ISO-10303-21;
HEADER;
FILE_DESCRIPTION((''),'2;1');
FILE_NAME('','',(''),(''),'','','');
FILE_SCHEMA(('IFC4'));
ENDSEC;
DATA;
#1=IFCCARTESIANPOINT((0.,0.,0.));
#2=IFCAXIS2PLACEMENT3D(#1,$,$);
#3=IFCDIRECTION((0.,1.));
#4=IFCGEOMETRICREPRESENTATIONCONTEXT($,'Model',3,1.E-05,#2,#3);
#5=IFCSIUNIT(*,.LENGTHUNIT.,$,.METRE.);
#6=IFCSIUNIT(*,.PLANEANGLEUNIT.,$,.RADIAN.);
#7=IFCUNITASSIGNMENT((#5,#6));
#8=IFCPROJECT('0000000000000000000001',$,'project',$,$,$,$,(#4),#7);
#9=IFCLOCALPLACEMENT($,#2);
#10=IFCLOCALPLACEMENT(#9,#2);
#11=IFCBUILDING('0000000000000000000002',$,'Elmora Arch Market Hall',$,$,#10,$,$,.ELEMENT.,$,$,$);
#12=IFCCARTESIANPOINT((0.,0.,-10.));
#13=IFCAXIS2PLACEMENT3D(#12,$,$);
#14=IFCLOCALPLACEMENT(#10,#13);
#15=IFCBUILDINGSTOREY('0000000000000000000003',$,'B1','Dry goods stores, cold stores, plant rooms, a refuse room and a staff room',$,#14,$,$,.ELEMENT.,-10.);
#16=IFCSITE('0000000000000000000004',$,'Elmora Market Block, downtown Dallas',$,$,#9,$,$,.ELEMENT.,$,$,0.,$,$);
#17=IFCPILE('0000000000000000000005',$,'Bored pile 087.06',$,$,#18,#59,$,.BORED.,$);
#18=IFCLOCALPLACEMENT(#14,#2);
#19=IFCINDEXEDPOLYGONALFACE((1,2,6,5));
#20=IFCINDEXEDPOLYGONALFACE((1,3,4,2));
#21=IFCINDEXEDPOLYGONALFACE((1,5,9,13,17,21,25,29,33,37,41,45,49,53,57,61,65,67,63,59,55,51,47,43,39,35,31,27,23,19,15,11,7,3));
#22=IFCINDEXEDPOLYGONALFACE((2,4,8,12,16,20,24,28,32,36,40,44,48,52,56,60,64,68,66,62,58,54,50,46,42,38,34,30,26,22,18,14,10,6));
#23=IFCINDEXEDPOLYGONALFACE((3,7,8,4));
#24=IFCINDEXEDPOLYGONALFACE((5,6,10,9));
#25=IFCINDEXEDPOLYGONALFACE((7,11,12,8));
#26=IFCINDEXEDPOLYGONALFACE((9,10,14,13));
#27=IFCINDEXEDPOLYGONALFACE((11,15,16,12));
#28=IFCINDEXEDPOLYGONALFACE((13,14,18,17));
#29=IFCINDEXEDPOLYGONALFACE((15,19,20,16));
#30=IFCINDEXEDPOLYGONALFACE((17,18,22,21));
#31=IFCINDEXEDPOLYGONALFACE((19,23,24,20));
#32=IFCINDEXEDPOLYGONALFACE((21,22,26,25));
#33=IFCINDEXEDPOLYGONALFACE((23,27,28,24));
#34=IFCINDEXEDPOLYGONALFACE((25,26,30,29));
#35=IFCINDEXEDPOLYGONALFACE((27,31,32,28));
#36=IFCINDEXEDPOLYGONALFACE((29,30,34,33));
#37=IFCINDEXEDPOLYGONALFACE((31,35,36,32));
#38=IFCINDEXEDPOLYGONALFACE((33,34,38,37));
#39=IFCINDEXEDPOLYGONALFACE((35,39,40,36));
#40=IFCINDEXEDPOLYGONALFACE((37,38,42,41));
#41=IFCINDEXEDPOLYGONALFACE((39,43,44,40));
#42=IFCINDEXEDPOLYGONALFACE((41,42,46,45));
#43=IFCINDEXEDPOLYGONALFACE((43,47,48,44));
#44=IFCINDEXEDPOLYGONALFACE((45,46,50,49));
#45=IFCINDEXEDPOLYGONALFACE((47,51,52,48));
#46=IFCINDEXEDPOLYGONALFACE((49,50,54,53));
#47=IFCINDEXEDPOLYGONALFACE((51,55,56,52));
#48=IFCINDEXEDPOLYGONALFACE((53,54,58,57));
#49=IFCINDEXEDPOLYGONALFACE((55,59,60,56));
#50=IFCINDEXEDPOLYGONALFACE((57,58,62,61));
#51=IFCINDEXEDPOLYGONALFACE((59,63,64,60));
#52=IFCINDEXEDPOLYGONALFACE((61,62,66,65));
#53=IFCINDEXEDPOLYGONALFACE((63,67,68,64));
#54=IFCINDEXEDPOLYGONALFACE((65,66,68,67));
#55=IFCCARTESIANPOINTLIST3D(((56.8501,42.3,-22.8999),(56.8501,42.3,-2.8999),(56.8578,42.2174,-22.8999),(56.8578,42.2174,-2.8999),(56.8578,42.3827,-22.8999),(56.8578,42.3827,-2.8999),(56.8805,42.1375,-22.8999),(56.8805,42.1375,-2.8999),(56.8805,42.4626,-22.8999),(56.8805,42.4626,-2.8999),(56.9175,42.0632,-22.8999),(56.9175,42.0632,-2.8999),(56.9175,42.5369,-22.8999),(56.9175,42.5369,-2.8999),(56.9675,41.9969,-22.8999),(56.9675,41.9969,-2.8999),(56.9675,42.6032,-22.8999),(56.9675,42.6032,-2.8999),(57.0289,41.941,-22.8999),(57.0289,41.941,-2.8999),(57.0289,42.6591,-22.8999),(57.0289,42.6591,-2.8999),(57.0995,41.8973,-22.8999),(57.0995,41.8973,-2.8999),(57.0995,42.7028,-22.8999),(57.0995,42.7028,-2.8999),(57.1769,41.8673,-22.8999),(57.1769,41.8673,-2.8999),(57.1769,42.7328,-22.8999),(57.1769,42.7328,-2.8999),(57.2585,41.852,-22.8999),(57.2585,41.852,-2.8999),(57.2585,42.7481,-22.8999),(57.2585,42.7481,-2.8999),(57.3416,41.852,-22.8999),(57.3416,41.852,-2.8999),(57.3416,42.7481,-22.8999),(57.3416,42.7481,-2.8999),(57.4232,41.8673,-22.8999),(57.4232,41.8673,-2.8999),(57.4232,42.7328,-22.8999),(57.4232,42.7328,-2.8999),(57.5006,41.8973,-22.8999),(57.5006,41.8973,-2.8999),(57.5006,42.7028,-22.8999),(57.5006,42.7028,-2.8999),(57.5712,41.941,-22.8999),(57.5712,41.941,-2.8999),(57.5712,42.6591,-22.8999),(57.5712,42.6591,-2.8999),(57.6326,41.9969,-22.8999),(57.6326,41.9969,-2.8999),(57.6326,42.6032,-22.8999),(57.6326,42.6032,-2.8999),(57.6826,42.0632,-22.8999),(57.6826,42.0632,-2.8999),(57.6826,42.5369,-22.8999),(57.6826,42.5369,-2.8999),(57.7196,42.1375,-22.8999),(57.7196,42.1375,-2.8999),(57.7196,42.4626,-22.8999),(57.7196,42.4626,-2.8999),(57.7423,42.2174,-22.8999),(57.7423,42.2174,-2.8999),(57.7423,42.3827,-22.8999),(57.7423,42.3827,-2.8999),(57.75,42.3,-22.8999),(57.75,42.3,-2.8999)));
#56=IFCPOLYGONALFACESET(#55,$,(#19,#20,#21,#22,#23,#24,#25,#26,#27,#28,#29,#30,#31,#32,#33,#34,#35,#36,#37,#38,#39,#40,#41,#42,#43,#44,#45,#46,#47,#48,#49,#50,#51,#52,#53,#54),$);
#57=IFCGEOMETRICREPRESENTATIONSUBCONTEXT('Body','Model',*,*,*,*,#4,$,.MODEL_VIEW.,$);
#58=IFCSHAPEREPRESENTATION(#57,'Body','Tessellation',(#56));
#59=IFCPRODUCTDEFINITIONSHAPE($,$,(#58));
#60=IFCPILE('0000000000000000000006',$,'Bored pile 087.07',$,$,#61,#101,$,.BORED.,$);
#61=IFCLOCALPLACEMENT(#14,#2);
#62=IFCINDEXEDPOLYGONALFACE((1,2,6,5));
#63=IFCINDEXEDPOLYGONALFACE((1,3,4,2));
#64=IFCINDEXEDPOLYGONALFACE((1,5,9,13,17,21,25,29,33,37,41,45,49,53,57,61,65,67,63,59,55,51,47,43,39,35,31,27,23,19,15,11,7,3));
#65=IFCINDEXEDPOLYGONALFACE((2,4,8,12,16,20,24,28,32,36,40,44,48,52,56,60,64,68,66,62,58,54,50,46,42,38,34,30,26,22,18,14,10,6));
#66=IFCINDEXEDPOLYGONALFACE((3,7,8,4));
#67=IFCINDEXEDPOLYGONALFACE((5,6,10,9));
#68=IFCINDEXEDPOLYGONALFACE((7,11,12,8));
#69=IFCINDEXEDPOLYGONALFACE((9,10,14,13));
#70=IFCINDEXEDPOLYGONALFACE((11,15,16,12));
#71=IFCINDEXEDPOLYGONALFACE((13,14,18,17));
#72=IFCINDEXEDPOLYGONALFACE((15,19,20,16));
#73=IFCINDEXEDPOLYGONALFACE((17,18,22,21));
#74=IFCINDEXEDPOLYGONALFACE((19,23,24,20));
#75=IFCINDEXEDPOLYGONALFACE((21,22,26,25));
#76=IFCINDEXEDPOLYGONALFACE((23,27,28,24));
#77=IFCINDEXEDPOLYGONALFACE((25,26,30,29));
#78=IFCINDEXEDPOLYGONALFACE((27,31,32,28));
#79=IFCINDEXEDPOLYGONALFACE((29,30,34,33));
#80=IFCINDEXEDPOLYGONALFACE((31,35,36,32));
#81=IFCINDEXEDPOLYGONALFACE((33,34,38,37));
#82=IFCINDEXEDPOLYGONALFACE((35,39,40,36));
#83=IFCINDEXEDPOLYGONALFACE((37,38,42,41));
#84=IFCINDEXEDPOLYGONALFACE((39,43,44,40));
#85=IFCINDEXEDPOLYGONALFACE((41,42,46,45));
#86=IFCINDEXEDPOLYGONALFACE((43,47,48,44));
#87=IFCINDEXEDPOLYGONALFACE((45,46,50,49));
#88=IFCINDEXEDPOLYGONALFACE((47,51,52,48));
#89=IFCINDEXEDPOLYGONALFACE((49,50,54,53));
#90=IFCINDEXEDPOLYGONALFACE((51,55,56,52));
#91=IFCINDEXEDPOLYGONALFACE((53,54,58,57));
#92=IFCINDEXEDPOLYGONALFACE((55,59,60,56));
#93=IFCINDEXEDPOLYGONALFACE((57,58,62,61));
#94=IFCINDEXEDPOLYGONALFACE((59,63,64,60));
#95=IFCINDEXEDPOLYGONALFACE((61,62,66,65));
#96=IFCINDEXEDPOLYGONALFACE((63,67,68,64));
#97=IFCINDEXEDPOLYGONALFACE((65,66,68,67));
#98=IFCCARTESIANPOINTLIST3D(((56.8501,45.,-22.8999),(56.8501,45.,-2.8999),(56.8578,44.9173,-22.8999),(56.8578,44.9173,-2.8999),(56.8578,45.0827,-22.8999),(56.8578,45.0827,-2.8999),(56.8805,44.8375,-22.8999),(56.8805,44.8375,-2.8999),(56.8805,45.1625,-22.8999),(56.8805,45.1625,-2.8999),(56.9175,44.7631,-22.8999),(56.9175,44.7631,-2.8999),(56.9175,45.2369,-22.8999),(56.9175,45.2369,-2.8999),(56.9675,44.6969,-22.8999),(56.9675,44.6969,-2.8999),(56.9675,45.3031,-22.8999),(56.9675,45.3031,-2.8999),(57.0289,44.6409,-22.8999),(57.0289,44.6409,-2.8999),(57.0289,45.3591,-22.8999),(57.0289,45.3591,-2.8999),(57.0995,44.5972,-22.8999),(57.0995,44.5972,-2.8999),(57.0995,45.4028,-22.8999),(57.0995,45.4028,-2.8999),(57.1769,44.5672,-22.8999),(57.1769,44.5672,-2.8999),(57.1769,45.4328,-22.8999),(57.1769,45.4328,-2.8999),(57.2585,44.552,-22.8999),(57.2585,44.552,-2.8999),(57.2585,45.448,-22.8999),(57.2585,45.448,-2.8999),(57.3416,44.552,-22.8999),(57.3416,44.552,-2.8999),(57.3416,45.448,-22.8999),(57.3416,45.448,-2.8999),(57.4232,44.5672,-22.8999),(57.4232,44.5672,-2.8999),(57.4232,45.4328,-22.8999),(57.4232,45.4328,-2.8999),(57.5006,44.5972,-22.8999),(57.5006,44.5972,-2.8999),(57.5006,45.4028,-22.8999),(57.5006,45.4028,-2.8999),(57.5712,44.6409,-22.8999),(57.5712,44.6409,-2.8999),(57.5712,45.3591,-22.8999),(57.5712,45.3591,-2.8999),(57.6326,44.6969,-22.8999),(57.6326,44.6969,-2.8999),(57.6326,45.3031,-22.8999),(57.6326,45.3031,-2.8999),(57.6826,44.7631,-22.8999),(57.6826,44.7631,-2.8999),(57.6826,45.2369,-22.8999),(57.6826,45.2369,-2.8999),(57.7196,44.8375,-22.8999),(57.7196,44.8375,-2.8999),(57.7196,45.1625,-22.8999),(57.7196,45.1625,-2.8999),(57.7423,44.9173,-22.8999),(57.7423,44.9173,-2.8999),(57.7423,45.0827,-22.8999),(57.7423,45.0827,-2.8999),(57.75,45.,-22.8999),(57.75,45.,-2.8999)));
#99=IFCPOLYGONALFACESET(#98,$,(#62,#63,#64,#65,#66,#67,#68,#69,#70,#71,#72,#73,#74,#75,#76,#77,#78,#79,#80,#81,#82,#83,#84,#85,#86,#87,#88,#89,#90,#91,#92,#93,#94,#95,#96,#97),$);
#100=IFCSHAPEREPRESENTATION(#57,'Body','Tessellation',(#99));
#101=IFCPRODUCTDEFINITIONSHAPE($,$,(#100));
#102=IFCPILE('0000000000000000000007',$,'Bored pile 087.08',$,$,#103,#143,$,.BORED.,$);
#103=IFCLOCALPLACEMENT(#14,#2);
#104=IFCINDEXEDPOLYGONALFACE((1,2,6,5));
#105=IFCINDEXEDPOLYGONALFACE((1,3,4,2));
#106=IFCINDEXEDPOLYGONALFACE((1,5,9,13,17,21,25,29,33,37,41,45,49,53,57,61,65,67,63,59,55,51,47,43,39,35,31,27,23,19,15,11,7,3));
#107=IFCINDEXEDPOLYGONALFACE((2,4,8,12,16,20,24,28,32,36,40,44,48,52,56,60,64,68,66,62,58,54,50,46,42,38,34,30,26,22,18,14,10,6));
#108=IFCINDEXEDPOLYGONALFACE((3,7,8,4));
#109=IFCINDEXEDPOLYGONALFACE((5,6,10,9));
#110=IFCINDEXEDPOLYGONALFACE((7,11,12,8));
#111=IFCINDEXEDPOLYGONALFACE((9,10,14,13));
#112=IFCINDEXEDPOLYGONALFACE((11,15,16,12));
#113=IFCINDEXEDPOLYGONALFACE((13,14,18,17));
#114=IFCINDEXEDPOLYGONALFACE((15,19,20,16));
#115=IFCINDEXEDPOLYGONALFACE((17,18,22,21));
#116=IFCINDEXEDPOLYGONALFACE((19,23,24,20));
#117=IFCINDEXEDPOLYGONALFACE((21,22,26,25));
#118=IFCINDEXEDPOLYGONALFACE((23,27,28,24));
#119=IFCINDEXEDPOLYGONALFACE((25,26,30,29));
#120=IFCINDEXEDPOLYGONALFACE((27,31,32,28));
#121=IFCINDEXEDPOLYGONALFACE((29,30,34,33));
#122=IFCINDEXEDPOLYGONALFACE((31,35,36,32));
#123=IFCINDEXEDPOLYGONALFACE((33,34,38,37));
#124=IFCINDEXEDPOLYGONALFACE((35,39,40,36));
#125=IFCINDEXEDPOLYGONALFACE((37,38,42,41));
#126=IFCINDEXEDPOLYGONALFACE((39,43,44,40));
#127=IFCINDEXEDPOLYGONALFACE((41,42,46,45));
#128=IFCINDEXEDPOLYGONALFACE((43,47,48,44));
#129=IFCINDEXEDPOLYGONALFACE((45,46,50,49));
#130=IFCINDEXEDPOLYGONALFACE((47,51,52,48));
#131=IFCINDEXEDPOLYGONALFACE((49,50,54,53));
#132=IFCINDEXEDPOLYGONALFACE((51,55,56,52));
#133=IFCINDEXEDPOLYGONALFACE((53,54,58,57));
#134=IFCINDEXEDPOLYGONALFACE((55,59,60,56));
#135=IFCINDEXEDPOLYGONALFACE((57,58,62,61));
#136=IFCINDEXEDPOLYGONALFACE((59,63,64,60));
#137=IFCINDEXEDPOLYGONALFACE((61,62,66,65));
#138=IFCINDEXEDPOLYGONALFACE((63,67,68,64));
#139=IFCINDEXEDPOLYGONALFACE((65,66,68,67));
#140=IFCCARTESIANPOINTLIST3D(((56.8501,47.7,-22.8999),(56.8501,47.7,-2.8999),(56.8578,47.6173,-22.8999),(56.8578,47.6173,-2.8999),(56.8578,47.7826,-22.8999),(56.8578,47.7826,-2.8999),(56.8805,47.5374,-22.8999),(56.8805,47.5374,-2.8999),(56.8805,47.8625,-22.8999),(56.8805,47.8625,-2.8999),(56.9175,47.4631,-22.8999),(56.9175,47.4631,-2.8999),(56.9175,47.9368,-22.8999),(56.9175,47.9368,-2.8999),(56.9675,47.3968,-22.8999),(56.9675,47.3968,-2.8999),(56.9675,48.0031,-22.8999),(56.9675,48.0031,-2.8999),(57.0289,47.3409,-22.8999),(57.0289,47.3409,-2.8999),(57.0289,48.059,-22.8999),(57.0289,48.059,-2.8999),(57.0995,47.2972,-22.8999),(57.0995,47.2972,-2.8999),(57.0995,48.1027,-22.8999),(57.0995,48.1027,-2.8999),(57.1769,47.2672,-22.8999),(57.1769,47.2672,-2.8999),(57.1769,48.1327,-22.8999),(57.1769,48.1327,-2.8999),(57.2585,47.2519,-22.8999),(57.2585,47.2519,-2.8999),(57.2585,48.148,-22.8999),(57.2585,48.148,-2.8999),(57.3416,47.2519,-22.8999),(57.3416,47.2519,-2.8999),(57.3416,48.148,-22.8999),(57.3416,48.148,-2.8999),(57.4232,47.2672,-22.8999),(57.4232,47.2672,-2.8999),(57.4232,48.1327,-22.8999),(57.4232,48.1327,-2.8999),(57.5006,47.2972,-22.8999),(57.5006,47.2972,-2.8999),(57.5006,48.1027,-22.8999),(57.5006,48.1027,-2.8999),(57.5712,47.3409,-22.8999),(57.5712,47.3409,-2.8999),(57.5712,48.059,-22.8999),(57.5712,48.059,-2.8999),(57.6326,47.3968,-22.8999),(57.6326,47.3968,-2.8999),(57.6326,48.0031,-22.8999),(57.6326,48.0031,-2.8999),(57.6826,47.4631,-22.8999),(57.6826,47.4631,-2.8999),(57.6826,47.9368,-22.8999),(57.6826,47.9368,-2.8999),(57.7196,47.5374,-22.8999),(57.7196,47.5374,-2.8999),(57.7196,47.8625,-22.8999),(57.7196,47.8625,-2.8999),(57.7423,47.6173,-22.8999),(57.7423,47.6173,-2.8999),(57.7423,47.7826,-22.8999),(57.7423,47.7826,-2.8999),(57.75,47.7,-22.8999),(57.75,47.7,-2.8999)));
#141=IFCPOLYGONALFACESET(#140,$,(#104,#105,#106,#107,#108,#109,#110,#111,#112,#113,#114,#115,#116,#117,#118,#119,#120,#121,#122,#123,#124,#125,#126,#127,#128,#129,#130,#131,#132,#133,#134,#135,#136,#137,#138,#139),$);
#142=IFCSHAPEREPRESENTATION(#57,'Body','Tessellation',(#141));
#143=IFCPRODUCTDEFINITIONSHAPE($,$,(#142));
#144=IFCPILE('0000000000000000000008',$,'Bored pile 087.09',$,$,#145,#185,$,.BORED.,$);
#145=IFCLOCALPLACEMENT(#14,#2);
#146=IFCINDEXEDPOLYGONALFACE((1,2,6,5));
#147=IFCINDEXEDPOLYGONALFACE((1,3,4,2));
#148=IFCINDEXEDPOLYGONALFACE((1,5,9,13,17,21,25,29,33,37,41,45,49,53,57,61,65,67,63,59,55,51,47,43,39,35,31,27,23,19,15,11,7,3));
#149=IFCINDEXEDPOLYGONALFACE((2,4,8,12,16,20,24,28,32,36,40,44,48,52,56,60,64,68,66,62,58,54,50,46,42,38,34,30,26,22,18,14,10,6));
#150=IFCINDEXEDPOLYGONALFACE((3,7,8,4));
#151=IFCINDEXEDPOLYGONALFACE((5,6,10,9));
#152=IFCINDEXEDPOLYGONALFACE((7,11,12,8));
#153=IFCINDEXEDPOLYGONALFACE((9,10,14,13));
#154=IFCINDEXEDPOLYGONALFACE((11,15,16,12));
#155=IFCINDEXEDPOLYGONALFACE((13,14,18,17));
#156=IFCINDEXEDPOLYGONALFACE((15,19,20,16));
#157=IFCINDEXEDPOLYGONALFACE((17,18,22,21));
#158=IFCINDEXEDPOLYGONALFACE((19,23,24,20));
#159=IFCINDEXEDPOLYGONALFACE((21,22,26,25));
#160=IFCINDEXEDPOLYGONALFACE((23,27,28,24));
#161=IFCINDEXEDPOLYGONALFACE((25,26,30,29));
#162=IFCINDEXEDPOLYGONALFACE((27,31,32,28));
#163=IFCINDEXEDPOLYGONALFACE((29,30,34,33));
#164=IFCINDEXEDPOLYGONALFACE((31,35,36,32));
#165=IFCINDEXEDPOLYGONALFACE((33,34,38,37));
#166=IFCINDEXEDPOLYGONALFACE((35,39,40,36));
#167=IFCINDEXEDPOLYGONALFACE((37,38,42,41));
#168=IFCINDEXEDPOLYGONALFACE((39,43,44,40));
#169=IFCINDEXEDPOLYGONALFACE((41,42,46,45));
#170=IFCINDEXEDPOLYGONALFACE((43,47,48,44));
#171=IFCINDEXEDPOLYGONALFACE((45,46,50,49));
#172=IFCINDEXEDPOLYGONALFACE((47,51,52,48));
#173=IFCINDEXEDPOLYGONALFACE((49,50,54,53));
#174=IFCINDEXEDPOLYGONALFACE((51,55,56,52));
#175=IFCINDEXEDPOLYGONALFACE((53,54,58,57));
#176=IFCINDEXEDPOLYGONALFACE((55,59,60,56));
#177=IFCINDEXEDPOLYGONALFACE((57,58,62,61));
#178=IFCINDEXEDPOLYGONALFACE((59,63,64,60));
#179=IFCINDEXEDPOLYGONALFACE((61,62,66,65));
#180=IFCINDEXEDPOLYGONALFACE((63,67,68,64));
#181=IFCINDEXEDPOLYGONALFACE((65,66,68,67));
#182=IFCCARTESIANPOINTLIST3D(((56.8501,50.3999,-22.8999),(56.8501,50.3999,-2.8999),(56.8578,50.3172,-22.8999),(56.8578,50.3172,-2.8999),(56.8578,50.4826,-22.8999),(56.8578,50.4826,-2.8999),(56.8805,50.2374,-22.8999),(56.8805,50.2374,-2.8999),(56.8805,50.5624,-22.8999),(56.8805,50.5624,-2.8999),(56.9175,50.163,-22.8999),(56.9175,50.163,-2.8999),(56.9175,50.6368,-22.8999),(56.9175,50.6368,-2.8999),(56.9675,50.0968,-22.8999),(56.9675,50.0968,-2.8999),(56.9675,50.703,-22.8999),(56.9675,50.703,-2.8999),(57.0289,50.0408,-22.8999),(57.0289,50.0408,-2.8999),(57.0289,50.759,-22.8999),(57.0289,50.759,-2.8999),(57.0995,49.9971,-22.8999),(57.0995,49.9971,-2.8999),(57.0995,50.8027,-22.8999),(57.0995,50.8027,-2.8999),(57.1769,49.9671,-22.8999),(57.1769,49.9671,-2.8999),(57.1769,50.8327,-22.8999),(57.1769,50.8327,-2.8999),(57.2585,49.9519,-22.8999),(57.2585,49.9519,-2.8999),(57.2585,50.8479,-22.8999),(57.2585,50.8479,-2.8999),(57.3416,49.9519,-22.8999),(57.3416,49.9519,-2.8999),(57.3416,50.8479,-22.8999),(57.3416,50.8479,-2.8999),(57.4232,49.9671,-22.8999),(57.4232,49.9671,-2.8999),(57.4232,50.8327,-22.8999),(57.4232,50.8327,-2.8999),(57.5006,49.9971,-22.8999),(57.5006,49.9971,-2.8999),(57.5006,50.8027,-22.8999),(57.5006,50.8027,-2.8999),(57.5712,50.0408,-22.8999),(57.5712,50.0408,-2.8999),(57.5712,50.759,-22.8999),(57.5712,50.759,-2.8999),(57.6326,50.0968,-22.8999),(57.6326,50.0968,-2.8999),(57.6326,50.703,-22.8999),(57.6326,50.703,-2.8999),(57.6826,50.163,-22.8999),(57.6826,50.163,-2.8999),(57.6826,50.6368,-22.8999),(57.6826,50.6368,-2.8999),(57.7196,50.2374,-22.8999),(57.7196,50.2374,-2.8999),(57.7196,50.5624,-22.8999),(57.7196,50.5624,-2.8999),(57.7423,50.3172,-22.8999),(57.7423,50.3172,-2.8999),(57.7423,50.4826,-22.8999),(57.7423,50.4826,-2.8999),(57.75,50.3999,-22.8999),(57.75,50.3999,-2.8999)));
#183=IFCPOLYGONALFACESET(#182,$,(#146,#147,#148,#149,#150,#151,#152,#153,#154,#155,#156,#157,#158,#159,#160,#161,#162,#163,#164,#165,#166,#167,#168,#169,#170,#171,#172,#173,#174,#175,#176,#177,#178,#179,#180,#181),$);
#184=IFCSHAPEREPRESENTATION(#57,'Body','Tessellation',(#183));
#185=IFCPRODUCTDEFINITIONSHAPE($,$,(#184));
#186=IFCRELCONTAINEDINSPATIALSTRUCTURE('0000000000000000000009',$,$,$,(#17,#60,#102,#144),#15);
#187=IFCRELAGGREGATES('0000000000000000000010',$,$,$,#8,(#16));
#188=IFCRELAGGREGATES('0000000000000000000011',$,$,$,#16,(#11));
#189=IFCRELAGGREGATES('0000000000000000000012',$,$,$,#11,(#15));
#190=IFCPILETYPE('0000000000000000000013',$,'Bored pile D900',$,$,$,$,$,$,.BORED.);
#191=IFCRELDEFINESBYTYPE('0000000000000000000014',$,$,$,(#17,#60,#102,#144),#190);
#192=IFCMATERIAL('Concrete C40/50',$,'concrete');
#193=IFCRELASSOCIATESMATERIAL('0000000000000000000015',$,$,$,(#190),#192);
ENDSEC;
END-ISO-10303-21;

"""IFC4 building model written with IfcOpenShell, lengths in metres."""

from ifc_helpers import new_model, si_unit, direction, frame, origin, origin_2d, place, context, subcontext, project, spatial, circle, extrude, material, material_profile, profile_set, type_object, element, save


model = new_model("IFC4")

# Units and contexts
model_context = context("Model", 3, precision=1e-05, world=origin(), true_north=direction((0.0, 1.0)))
body_context = subcontext(model_context, "Body", "Model", "MODEL_VIEW")
ifc_project = project(units=[si_unit("LENGTHUNIT", "METRE"), si_unit("PLANEANGLEUNIT", "RADIAN")], contexts=[model_context])

# Site, building, storey
site_placement = place(None, origin())
site = spatial("IfcSite", under=ifc_project, at=site_placement, Name="Elmora Market Block, downtown Dallas", CompositionType="ELEMENT", RefElevation=0.0)
building_placement = place(site_placement, origin())
building = spatial("IfcBuilding", under=site, at=building_placement, Name="Elmora Arch Market Hall", CompositionType="ELEMENT")
storey_placement = place(building_placement, frame((0.0, 0.0, -10.0)))
storey = spatial("IfcBuildingStorey", under=building, at=storey_placement, Name="B1", Description="Dry goods stores, cold stores, plant rooms, a refuse room and a staff room", CompositionType="ELEMENT", Elevation=-10.0)

# Piles
ifc_material_1 = material(Name="Concrete C40/50", Category="concrete")
ifc_material_profile_1 = material_profile(ifc_material_1, circle(Radius=0.45, at=origin_2d()), Name="Bored pile D900")
ifc_profile_set_1 = profile_set([ifc_material_profile_1], Name="Concrete C40/50")
pile_type = type_object("IfcPileType", Name="Bored pile D900", PredefinedType="BORED", material=ifc_profile_set_1)
for number, where, z_axis, x_axis, name in (
    (1, (57.3, 42.3, -2.8999), (0.0, 0.0, -1.0), (1.0, 0.0, 0.0), "Bored pile 087.06"),
    (2, (57.3, 45.0, -2.8999), (0.0, 0.0, -1.0), (1.0, 0.0, 0.0), "Bored pile 087.07"),
    (3, (57.3, 47.7, -2.8999), (0.0, 0.0, -1.0), (1.0, 0.0, 0.0), "Bored pile 087.08"),
    (4, (57.3, 50.3999, -2.8999), (0.0, 0.0, -1.0), (1.0, 0.0, 0.0), "Bored pile 087.09"),
):
    element("IfcPile", number, at=place(storey_placement, frame(where, z_axis=z_axis, x_axis=x_axis)), inside=storey, type_object=pile_type, Name=name, PredefinedType="BORED", context=body_context, shape_type="SweptSolid", body=[
        extrude(circle(Radius=0.45, at=origin_2d()), origin(), (0.0, 0.0, 1.0), 20.0),
    ])

save(model, "model.ifc")
